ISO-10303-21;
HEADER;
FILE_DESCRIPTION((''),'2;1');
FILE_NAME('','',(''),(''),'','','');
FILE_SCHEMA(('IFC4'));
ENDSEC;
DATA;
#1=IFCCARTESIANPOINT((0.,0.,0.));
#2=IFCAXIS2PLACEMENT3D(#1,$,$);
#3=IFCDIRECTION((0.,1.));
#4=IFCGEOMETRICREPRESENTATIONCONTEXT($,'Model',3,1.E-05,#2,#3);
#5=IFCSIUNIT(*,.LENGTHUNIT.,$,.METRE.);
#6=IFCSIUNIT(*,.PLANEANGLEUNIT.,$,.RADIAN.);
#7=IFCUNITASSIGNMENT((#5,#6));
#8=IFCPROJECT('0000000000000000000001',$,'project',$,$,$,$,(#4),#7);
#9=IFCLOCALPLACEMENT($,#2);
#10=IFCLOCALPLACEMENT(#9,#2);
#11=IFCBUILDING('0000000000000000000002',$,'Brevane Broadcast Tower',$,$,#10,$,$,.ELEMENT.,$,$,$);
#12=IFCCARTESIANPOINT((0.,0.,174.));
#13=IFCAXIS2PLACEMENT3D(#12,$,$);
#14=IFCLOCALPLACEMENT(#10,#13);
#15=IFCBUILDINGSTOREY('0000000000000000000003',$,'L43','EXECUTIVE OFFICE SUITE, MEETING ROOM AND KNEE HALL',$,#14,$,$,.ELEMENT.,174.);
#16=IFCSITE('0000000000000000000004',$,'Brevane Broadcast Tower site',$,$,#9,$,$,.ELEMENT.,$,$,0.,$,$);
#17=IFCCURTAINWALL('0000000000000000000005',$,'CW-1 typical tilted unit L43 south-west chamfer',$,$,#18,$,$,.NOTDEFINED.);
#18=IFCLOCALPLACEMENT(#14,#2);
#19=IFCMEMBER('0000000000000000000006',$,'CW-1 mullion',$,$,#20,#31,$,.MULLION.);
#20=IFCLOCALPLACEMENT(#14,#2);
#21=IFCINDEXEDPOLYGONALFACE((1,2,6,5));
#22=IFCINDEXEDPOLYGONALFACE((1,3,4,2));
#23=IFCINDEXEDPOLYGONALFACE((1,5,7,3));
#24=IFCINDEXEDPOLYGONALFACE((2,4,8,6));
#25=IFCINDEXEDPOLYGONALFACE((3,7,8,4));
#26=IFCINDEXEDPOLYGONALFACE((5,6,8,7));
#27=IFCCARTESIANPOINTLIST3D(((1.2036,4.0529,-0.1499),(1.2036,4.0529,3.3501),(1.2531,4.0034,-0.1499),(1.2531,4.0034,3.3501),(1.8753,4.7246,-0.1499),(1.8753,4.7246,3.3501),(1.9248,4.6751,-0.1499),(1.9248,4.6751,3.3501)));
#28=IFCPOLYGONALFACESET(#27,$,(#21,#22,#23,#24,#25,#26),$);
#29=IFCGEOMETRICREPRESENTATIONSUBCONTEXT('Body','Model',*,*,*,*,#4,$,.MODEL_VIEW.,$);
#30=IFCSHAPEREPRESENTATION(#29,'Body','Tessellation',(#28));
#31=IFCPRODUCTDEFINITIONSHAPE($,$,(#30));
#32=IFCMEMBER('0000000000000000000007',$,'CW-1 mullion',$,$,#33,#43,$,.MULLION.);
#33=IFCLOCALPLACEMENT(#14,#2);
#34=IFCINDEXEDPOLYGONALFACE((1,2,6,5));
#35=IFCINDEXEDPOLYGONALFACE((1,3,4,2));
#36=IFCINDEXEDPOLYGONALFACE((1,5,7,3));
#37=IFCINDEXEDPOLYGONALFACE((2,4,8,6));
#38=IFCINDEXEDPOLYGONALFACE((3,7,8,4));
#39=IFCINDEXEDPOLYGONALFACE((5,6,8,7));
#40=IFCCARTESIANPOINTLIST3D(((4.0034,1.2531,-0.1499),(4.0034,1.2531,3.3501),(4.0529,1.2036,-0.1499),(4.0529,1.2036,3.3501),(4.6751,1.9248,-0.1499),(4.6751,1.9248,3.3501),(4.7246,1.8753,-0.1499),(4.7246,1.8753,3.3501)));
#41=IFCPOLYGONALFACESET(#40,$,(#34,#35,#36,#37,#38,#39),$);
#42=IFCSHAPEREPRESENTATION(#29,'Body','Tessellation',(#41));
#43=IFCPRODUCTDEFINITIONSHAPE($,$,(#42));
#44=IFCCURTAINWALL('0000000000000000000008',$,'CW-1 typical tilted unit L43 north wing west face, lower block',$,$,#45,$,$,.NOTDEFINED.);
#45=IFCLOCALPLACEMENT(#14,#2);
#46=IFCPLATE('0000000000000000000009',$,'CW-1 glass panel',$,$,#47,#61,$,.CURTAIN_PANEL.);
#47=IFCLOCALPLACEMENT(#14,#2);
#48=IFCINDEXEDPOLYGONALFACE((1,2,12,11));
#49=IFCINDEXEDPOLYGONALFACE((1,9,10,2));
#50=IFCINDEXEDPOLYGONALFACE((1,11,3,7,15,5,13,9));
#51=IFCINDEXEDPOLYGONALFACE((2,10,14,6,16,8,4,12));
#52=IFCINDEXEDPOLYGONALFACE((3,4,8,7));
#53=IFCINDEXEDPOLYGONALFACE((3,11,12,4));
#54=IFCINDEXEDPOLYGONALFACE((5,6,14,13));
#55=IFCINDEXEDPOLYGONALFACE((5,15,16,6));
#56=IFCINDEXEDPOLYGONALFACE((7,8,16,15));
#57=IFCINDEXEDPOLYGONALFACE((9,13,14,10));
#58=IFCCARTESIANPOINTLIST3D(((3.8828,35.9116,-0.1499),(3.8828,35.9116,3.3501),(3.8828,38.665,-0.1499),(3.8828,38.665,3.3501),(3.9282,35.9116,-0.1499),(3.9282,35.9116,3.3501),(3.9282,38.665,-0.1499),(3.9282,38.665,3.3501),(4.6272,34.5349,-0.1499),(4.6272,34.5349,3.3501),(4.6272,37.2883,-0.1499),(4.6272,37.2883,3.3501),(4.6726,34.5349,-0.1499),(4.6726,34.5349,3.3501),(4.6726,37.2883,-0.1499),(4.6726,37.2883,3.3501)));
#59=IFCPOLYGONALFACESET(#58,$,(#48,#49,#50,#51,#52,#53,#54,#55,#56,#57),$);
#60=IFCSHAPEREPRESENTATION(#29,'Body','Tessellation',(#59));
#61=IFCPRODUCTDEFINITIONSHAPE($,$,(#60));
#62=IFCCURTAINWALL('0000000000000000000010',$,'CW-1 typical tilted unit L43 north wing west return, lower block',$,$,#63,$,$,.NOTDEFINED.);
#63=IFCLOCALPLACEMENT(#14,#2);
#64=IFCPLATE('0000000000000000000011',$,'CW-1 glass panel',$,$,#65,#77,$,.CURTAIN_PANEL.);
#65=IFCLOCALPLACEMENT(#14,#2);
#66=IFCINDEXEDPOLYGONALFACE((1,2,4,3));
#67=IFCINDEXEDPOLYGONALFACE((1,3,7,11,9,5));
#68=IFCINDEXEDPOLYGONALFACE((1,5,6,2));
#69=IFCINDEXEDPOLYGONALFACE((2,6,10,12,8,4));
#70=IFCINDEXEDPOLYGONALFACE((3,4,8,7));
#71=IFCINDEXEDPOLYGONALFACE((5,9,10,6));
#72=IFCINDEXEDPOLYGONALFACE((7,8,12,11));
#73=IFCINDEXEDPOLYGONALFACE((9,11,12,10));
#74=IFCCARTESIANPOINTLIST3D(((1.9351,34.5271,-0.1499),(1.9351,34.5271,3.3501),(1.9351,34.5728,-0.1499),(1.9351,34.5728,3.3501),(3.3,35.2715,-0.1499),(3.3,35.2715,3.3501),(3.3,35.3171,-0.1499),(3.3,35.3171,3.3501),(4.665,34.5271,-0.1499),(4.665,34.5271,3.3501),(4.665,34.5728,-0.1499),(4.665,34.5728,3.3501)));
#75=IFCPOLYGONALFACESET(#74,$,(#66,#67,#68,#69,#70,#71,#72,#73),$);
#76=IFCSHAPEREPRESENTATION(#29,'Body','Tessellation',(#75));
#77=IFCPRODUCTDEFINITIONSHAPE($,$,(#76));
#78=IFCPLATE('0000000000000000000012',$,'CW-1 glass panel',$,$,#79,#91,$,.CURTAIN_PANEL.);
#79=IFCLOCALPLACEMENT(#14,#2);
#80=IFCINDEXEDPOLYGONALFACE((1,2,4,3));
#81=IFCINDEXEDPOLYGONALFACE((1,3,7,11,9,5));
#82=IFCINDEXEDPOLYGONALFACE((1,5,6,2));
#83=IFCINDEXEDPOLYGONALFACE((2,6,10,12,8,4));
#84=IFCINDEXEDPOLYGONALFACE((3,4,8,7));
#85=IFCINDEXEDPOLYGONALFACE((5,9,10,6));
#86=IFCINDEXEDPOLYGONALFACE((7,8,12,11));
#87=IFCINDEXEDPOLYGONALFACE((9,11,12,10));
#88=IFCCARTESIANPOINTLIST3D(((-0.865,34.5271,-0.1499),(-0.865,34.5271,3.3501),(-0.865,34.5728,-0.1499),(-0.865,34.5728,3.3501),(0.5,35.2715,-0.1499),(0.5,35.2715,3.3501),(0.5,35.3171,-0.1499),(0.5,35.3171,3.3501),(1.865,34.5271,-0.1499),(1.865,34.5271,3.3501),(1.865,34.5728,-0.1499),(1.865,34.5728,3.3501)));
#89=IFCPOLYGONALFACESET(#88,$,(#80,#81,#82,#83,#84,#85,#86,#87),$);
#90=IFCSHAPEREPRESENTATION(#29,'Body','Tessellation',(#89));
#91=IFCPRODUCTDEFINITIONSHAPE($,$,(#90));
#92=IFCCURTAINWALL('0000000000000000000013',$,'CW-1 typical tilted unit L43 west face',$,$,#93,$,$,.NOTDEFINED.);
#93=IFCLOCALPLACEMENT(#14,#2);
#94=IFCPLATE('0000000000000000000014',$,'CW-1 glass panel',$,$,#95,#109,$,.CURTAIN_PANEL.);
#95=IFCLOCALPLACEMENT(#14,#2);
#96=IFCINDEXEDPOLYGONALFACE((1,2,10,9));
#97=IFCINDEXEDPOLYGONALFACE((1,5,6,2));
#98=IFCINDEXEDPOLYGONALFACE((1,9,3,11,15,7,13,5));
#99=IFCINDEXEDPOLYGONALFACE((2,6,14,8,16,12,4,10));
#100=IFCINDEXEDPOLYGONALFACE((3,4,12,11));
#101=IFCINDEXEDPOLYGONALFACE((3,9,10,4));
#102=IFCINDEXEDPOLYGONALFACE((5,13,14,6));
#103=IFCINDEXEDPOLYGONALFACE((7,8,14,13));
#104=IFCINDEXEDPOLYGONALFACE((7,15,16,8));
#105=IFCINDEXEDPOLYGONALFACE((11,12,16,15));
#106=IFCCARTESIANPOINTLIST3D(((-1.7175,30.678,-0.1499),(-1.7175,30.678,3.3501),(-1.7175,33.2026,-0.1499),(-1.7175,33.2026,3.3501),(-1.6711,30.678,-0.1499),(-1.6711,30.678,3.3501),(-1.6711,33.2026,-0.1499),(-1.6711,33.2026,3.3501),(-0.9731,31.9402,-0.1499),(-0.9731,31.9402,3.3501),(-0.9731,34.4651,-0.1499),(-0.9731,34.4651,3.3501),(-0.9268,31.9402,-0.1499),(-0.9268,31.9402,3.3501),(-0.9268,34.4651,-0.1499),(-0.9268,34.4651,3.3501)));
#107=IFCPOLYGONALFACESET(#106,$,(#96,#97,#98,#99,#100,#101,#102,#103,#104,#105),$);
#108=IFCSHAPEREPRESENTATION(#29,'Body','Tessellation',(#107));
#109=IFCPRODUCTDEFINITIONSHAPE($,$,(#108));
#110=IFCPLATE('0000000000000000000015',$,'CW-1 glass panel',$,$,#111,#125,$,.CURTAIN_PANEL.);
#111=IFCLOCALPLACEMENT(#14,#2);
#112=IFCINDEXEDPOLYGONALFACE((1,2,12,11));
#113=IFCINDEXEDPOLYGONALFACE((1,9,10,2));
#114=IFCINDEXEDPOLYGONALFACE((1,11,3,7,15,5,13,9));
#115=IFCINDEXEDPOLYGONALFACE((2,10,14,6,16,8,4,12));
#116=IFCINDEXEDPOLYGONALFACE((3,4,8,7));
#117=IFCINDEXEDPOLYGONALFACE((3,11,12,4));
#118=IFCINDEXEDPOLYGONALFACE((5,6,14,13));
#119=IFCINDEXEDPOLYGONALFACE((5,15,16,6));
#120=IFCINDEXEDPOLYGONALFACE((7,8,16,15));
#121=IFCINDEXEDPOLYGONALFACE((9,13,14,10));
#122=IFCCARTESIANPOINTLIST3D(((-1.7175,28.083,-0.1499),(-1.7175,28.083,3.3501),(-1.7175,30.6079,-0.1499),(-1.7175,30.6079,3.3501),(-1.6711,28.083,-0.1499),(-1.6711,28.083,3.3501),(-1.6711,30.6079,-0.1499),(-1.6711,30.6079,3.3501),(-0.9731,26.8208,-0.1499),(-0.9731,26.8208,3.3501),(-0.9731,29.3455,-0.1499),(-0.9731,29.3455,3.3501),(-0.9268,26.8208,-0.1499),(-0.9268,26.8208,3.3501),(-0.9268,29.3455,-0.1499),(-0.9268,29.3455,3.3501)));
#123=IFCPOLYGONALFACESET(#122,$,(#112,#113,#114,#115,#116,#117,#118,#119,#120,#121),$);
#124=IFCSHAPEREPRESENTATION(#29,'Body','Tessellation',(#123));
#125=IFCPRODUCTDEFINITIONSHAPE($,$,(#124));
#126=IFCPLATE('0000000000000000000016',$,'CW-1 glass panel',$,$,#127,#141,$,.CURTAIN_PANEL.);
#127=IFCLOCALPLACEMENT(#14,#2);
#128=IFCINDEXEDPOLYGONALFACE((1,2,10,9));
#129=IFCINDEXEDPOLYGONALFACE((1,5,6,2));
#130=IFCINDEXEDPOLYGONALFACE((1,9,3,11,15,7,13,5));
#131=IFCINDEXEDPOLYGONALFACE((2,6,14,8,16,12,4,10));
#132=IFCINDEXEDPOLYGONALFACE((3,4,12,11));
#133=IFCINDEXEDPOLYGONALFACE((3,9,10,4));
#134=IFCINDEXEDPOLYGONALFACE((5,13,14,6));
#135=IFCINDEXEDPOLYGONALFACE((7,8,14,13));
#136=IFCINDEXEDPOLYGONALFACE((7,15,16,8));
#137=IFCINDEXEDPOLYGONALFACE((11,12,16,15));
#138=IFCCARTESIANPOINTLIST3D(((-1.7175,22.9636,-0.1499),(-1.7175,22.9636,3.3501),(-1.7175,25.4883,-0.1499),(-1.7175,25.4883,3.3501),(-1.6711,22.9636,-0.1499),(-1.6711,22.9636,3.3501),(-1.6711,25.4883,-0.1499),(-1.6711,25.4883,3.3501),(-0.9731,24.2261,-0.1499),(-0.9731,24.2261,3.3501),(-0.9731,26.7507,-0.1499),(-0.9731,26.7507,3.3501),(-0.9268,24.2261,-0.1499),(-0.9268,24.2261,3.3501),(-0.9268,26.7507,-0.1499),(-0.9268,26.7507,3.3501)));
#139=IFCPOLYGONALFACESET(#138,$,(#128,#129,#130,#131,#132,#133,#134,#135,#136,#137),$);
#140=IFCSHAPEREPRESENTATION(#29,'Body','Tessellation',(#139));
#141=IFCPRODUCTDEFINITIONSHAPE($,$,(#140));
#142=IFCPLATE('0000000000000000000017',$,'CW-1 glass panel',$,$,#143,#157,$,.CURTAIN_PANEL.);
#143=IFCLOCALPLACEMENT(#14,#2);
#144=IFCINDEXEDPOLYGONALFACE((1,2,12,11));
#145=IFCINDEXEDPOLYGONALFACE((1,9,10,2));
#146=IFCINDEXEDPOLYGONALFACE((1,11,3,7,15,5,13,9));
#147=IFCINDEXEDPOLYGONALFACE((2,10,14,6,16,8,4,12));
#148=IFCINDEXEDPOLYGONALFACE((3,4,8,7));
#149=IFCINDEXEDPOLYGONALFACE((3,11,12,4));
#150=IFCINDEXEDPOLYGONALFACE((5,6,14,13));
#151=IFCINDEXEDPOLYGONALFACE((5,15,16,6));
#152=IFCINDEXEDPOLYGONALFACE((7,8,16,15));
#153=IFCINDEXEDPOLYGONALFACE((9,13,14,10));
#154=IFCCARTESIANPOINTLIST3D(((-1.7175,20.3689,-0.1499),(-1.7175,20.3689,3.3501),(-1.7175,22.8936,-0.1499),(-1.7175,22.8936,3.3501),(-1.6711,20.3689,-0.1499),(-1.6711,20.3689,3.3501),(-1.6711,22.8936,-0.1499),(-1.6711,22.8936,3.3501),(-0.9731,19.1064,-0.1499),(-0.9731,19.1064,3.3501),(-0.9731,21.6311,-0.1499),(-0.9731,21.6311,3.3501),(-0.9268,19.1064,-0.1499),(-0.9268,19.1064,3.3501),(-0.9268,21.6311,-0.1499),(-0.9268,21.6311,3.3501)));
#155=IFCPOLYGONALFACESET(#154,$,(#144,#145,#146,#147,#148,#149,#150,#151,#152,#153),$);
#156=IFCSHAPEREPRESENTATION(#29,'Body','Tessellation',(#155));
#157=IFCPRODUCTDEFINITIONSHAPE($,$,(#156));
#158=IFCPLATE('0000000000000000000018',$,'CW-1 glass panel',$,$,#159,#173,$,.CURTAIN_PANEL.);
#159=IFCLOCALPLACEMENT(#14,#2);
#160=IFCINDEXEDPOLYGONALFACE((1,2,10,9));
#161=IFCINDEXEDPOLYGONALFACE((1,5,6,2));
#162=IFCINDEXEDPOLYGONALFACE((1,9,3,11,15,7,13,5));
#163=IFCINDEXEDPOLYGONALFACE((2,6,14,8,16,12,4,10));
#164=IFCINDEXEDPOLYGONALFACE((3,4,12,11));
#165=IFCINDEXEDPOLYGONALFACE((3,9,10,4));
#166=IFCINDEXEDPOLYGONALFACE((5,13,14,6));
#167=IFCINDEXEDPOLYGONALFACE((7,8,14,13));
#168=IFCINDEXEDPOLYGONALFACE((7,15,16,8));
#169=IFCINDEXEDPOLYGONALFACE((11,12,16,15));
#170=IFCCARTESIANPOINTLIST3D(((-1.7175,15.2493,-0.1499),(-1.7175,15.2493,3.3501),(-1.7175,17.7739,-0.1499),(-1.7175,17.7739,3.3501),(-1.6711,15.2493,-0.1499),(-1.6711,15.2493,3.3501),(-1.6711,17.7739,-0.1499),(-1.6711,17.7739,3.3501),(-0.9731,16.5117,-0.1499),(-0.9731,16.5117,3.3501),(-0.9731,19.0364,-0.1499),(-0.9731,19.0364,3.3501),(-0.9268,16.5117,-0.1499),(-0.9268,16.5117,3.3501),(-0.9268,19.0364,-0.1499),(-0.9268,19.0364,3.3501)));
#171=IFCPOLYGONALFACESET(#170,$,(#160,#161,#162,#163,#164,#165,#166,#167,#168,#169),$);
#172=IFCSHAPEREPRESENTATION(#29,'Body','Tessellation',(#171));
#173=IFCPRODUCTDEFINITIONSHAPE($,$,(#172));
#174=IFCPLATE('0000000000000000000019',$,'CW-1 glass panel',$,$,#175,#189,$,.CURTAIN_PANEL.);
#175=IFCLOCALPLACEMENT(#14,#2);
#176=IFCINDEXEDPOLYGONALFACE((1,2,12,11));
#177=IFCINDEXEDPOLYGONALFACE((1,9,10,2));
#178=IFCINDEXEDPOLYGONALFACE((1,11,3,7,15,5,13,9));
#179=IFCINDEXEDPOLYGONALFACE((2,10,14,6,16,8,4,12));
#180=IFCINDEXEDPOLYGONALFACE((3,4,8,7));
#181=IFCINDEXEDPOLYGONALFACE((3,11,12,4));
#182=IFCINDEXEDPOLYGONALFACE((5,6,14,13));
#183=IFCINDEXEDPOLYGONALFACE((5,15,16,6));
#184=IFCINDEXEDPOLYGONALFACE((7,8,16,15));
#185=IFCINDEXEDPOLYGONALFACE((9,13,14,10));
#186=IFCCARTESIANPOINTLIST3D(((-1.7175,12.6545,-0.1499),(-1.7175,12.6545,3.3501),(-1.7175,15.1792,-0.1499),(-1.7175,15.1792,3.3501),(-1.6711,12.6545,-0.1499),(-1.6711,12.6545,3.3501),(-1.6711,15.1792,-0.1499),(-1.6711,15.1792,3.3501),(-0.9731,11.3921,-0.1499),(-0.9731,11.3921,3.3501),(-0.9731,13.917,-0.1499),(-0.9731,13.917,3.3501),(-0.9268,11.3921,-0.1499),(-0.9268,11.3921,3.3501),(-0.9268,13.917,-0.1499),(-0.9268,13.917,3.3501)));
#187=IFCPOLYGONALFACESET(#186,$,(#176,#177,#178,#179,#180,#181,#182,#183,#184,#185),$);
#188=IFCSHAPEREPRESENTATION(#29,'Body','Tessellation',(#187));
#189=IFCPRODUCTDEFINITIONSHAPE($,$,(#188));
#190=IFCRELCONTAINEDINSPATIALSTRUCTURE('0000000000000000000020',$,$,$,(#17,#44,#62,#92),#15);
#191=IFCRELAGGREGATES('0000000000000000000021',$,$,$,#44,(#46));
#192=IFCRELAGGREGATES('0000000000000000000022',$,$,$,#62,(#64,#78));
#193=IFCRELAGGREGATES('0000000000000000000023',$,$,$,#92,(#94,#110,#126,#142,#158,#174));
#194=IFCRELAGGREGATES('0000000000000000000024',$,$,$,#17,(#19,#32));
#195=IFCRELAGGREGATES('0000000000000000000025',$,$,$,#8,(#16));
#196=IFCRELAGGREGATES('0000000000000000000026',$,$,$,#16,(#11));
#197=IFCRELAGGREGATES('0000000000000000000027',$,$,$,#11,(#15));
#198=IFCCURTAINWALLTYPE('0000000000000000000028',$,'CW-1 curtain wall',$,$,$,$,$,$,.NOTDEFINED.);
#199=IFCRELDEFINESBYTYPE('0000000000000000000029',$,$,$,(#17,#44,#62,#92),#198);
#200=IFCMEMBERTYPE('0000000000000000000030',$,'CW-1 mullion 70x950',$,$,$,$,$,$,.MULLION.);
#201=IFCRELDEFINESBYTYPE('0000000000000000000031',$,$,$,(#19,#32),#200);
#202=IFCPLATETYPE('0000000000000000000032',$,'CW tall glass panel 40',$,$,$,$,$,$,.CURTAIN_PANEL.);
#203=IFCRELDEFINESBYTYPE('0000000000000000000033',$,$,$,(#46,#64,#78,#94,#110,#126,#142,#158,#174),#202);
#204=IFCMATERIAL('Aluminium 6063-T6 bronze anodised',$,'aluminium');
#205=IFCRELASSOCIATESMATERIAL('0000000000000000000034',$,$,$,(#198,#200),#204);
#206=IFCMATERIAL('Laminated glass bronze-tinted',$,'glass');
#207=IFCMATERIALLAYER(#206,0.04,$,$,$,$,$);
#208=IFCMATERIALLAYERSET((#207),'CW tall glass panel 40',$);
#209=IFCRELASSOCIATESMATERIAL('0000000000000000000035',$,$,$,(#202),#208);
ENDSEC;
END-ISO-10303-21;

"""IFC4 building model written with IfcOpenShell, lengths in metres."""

from ifc_helpers import new_model, si_unit, direction, frame, origin, origin_2d, place, context, subcontext, project, spatial, polyline, rectangle, outline, extrude, material, layer, layer_set, material_profile, profile_set, type_object, element, aggregate, save


model = new_model("IFC4")

# Units and contexts
model_context = context("Model", 3, precision=1e-05, world=origin(), true_north=direction((0.0, 1.0)))
body_context = subcontext(model_context, "Body", "Model", "MODEL_VIEW")
ifc_project = project(units=[si_unit("LENGTHUNIT", "METRE"), si_unit("PLANEANGLEUNIT", "RADIAN")], contexts=[model_context])

# Site, building, storey
site_placement = place(None, origin())
site = spatial("IfcSite", under=ifc_project, at=site_placement, Name="Brevane Broadcast Tower site", CompositionType="ELEMENT", RefElevation=0.0)
building_placement = place(site_placement, origin())
building = spatial("IfcBuilding", under=site, at=building_placement, Name="Brevane Broadcast Tower", CompositionType="ELEMENT")
storey_placement = place(building_placement, frame((0.0, 0.0, 174.0)))
storey = spatial("IfcBuildingStorey", under=building, at=storey_placement, Name="L43", Description="EXECUTIVE OFFICE SUITE, MEETING ROOM AND KNEE HALL", CompositionType="ELEMENT", Elevation=174.0)

# Curtain wall, members
ifc_material_1 = material(Name="Aluminium 6063-T6 bronze anodised", Category="aluminium")
curtain_wall_type = type_object("IfcCurtainWallType", Name="CW-1 curtain wall", PredefinedType="NOTDEFINED", material=ifc_material_1)
curtain_wall_1_placement = place(storey_placement, origin())
curtain_wall_1 = element("IfcCurtainWall", 1, at=curtain_wall_1_placement, inside=storey, type_object=curtain_wall_type, Name="CW-1 typical tilted unit L43 south-west chamfer", PredefinedType="NOTDEFINED")
ifc_material_profile = material_profile(ifc_material_1, rectangle(XDim=0.95, YDim=0.0701, at=origin_2d()), Name="RECT 70x950")
ifc_profile_set = profile_set([ifc_material_profile], Name="Aluminium 6063-T6 bronze anodised")
member_type = type_object("IfcMemberType", Name="CW-1 mullion 70x950", PredefinedType="MULLION", material=ifc_profile_set)
member_1_placement = place(storey_placement, frame((1.5642, 4.364, -0.1499), z_axis=(0.0, 0.0, 1.0), x_axis=(0.707107, 0.707107, 0.0)))
member_1 = element("IfcMember", 2, at=member_1_placement, type_object=member_type, Name="CW-1 mullion", PredefinedType="MULLION", context=body_context, shape_type="SweptSolid", body=[
    extrude(rectangle(XDim=0.95, YDim=0.0701, at=origin_2d()), origin(), (0.0, 0.0, 1.0), 3.5),
])
member_2_placement = place(storey_placement, frame((4.364, 1.5642, -0.1499), z_axis=(0.0, 0.0, 1.0), x_axis=(0.707107, 0.707107, 0.0)))
member_2 = element("IfcMember", 3, at=member_2_placement, type_object=member_type, Name="CW-1 mullion", PredefinedType="MULLION", context=body_context, shape_type="SweptSolid", body=[
    extrude(rectangle(XDim=0.95, YDim=0.0701, at=origin_2d()), origin(), (0.0, 0.0, 1.0), 3.5),
])

# Curtain wall, plate
curtain_wall_2_placement = place(storey_placement, origin())
curtain_wall_2 = element("IfcCurtainWall", 4, at=curtain_wall_2_placement, inside=storey, type_object=curtain_wall_type, Name="CW-1 typical tilted unit L43 north wing west face, lower block", PredefinedType="NOTDEFINED")
ifc_material_2 = material(Name="Laminated glass bronze-tinted", Category="glass")
ifc_layer_1 = layer(ifc_material_2, 0.04)
ifc_layer_set_1 = layer_set([ifc_layer_1], Name="CW tall glass panel 40")
plate_type = type_object("IfcPlateType", Name="CW tall glass panel 40", PredefinedType="CURTAIN_PANEL", material=ifc_layer_set_1)
plate_1_placement = place(storey_placement, frame((0.0, 0.0, -0.1499)))
plate_1 = element("IfcPlate", 5, at=plate_1_placement, type_object=plate_type, Name="CW-1 glass panel", PredefinedType="CURTAIN_PANEL", context=body_context, shape_type="SweptSolid", body=[
    extrude(outline(polyline([(3.9282, 38.665), (3.8828, 38.665), (4.6272, 37.2883), (3.8828, 35.9116), (4.6272, 34.5349), (4.6726, 34.5349), (3.9282, 35.9116), (4.6726, 37.2883), (3.9282, 38.665)])), origin(), (0.0, 0.0, 1.0), 3.5),
])
aggregate(curtain_wall_2, [plate_1])

# Curtain walls, plates
curtain_wall_3_placement = place(storey_placement, origin())
curtain_wall_3 = element("IfcCurtainWall", 6, at=curtain_wall_3_placement, inside=storey, type_object=curtain_wall_type, Name="CW-1 typical tilted unit L43 north wing west return, lower block", PredefinedType="NOTDEFINED")
plate_2_placement = place(storey_placement, frame((0.0, 0.0, -0.1499)))
plate_2 = element("IfcPlate", 7, at=plate_2_placement, type_object=plate_type, Name="CW-1 glass panel", PredefinedType="CURTAIN_PANEL", context=body_context, shape_type="SweptSolid", body=[
    extrude(outline(polyline([(4.665, 34.5271), (4.665, 34.5728), (3.3, 35.3171), (1.9351, 34.5728), (1.9351, 34.5271), (3.3, 35.2715), (4.665, 34.5271)])), origin(), (0.0, 0.0, 1.0), 3.5),
])
plate_3_placement = place(storey_placement, frame((0.0, 0.0, -0.1499)))
plate_3 = element("IfcPlate", 8, at=plate_3_placement, type_object=plate_type, Name="CW-1 glass panel", PredefinedType="CURTAIN_PANEL", context=body_context, shape_type="SweptSolid", body=[
    extrude(outline(polyline([(1.865, 34.5271), (1.865, 34.5728), (0.5, 35.3171), (-0.865, 34.5728), (-0.865, 34.5271), (0.5, 35.2715), (1.865, 34.5271)])), origin(), (0.0, 0.0, 1.0), 3.5),
])
aggregate(curtain_wall_3, [plate_2, plate_3])
curtain_wall_4_placement = place(storey_placement, origin())
curtain_wall_4 = element("IfcCurtainWall", 9, at=curtain_wall_4_placement, inside=storey, type_object=curtain_wall_type, Name="CW-1 typical tilted unit L43 west face", PredefinedType="NOTDEFINED")
plate_4_placement = place(storey_placement, frame((0.0, 0.0, -0.1499)))
plate_4 = element("IfcPlate", 10, at=plate_4_placement, type_object=plate_type, Name="CW-1 glass panel", PredefinedType="CURTAIN_PANEL", context=body_context, shape_type="SweptSolid", body=[
    extrude(outline(polyline([(-0.9268, 34.4651), (-0.9731, 34.4651), (-1.7175, 33.2026), (-0.9731, 31.9402), (-1.7175, 30.678), (-1.6711, 30.678), (-0.9268, 31.9402), (-1.6711, 33.2026), (-0.9268, 34.4651)])), origin(), (0.0, 0.0, 1.0), 3.5),
])
plate_5_placement = place(storey_placement, frame((0.0, 0.0, -0.1499)))
plate_5 = element("IfcPlate", 11, at=plate_5_placement, type_object=plate_type, Name="CW-1 glass panel", PredefinedType="CURTAIN_PANEL", context=body_context, shape_type="SweptSolid", body=[
    extrude(outline(polyline([(-1.6711, 30.6079), (-1.7175, 30.6079), (-0.9731, 29.3455), (-1.7175, 28.083), (-0.9731, 26.8208), (-0.9268, 26.8208), (-1.6711, 28.083), (-0.9268, 29.3455), (-1.6711, 30.6079)])), origin(), (0.0, 0.0, 1.0), 3.5),
])
plate_6_placement = place(storey_placement, frame((0.0, 0.0, -0.1499)))
plate_6 = element("IfcPlate", 12, at=plate_6_placement, type_object=plate_type, Name="CW-1 glass panel", PredefinedType="CURTAIN_PANEL", context=body_context, shape_type="SweptSolid", body=[
    extrude(outline(polyline([(-0.9268, 26.7507), (-0.9731, 26.7507), (-1.7175, 25.4883), (-0.9731, 24.2261), (-1.7175, 22.9636), (-1.6711, 22.9636), (-0.9268, 24.2261), (-1.6711, 25.4883), (-0.9268, 26.7507)])), origin(), (0.0, 0.0, 1.0), 3.5),
])
plate_7_placement = place(storey_placement, frame((0.0, 0.0, -0.1499)))
plate_7 = element("IfcPlate", 13, at=plate_7_placement, type_object=plate_type, Name="CW-1 glass panel", PredefinedType="CURTAIN_PANEL", context=body_context, shape_type="SweptSolid", body=[
    extrude(outline(polyline([(-1.6711, 22.8936), (-1.7175, 22.8936), (-0.9731, 21.6311), (-1.7175, 20.3689), (-0.9731, 19.1064), (-0.9268, 19.1064), (-1.6711, 20.3689), (-0.9268, 21.6311), (-1.6711, 22.8936)])), origin(), (0.0, 0.0, 1.0), 3.5),
])
plate_8_placement = place(storey_placement, frame((0.0, 0.0, -0.1499)))
plate_8 = element("IfcPlate", 14, at=plate_8_placement, type_object=plate_type, Name="CW-1 glass panel", PredefinedType="CURTAIN_PANEL", context=body_context, shape_type="SweptSolid", body=[
    extrude(outline(polyline([(-0.9268, 19.0364), (-0.9731, 19.0364), (-1.7175, 17.7739), (-0.9731, 16.5117), (-1.7175, 15.2493), (-1.6711, 15.2493), (-0.9268, 16.5117), (-1.6711, 17.7739), (-0.9268, 19.0364)])), origin(), (0.0, 0.0, 1.0), 3.5),
])
plate_9_placement = place(storey_placement, frame((0.0, 0.0, -0.1499)))
plate_9 = element("IfcPlate", 15, at=plate_9_placement, type_object=plate_type, Name="CW-1 glass panel", PredefinedType="CURTAIN_PANEL", context=body_context, shape_type="SweptSolid", body=[
    extrude(outline(polyline([(-1.6711, 15.1792), (-1.7175, 15.1792), (-0.9731, 13.917), (-1.7175, 12.6545), (-0.9731, 11.3921), (-0.9268, 11.3921), (-1.6711, 12.6545), (-0.9268, 13.917), (-1.6711, 15.1792)])), origin(), (0.0, 0.0, 1.0), 3.5),
])
aggregate(curtain_wall_4, [plate_4, plate_5, plate_6, plate_7, plate_8, plate_9])

aggregate(curtain_wall_1, [member_1, member_2])

save(model, "model.ifc")
